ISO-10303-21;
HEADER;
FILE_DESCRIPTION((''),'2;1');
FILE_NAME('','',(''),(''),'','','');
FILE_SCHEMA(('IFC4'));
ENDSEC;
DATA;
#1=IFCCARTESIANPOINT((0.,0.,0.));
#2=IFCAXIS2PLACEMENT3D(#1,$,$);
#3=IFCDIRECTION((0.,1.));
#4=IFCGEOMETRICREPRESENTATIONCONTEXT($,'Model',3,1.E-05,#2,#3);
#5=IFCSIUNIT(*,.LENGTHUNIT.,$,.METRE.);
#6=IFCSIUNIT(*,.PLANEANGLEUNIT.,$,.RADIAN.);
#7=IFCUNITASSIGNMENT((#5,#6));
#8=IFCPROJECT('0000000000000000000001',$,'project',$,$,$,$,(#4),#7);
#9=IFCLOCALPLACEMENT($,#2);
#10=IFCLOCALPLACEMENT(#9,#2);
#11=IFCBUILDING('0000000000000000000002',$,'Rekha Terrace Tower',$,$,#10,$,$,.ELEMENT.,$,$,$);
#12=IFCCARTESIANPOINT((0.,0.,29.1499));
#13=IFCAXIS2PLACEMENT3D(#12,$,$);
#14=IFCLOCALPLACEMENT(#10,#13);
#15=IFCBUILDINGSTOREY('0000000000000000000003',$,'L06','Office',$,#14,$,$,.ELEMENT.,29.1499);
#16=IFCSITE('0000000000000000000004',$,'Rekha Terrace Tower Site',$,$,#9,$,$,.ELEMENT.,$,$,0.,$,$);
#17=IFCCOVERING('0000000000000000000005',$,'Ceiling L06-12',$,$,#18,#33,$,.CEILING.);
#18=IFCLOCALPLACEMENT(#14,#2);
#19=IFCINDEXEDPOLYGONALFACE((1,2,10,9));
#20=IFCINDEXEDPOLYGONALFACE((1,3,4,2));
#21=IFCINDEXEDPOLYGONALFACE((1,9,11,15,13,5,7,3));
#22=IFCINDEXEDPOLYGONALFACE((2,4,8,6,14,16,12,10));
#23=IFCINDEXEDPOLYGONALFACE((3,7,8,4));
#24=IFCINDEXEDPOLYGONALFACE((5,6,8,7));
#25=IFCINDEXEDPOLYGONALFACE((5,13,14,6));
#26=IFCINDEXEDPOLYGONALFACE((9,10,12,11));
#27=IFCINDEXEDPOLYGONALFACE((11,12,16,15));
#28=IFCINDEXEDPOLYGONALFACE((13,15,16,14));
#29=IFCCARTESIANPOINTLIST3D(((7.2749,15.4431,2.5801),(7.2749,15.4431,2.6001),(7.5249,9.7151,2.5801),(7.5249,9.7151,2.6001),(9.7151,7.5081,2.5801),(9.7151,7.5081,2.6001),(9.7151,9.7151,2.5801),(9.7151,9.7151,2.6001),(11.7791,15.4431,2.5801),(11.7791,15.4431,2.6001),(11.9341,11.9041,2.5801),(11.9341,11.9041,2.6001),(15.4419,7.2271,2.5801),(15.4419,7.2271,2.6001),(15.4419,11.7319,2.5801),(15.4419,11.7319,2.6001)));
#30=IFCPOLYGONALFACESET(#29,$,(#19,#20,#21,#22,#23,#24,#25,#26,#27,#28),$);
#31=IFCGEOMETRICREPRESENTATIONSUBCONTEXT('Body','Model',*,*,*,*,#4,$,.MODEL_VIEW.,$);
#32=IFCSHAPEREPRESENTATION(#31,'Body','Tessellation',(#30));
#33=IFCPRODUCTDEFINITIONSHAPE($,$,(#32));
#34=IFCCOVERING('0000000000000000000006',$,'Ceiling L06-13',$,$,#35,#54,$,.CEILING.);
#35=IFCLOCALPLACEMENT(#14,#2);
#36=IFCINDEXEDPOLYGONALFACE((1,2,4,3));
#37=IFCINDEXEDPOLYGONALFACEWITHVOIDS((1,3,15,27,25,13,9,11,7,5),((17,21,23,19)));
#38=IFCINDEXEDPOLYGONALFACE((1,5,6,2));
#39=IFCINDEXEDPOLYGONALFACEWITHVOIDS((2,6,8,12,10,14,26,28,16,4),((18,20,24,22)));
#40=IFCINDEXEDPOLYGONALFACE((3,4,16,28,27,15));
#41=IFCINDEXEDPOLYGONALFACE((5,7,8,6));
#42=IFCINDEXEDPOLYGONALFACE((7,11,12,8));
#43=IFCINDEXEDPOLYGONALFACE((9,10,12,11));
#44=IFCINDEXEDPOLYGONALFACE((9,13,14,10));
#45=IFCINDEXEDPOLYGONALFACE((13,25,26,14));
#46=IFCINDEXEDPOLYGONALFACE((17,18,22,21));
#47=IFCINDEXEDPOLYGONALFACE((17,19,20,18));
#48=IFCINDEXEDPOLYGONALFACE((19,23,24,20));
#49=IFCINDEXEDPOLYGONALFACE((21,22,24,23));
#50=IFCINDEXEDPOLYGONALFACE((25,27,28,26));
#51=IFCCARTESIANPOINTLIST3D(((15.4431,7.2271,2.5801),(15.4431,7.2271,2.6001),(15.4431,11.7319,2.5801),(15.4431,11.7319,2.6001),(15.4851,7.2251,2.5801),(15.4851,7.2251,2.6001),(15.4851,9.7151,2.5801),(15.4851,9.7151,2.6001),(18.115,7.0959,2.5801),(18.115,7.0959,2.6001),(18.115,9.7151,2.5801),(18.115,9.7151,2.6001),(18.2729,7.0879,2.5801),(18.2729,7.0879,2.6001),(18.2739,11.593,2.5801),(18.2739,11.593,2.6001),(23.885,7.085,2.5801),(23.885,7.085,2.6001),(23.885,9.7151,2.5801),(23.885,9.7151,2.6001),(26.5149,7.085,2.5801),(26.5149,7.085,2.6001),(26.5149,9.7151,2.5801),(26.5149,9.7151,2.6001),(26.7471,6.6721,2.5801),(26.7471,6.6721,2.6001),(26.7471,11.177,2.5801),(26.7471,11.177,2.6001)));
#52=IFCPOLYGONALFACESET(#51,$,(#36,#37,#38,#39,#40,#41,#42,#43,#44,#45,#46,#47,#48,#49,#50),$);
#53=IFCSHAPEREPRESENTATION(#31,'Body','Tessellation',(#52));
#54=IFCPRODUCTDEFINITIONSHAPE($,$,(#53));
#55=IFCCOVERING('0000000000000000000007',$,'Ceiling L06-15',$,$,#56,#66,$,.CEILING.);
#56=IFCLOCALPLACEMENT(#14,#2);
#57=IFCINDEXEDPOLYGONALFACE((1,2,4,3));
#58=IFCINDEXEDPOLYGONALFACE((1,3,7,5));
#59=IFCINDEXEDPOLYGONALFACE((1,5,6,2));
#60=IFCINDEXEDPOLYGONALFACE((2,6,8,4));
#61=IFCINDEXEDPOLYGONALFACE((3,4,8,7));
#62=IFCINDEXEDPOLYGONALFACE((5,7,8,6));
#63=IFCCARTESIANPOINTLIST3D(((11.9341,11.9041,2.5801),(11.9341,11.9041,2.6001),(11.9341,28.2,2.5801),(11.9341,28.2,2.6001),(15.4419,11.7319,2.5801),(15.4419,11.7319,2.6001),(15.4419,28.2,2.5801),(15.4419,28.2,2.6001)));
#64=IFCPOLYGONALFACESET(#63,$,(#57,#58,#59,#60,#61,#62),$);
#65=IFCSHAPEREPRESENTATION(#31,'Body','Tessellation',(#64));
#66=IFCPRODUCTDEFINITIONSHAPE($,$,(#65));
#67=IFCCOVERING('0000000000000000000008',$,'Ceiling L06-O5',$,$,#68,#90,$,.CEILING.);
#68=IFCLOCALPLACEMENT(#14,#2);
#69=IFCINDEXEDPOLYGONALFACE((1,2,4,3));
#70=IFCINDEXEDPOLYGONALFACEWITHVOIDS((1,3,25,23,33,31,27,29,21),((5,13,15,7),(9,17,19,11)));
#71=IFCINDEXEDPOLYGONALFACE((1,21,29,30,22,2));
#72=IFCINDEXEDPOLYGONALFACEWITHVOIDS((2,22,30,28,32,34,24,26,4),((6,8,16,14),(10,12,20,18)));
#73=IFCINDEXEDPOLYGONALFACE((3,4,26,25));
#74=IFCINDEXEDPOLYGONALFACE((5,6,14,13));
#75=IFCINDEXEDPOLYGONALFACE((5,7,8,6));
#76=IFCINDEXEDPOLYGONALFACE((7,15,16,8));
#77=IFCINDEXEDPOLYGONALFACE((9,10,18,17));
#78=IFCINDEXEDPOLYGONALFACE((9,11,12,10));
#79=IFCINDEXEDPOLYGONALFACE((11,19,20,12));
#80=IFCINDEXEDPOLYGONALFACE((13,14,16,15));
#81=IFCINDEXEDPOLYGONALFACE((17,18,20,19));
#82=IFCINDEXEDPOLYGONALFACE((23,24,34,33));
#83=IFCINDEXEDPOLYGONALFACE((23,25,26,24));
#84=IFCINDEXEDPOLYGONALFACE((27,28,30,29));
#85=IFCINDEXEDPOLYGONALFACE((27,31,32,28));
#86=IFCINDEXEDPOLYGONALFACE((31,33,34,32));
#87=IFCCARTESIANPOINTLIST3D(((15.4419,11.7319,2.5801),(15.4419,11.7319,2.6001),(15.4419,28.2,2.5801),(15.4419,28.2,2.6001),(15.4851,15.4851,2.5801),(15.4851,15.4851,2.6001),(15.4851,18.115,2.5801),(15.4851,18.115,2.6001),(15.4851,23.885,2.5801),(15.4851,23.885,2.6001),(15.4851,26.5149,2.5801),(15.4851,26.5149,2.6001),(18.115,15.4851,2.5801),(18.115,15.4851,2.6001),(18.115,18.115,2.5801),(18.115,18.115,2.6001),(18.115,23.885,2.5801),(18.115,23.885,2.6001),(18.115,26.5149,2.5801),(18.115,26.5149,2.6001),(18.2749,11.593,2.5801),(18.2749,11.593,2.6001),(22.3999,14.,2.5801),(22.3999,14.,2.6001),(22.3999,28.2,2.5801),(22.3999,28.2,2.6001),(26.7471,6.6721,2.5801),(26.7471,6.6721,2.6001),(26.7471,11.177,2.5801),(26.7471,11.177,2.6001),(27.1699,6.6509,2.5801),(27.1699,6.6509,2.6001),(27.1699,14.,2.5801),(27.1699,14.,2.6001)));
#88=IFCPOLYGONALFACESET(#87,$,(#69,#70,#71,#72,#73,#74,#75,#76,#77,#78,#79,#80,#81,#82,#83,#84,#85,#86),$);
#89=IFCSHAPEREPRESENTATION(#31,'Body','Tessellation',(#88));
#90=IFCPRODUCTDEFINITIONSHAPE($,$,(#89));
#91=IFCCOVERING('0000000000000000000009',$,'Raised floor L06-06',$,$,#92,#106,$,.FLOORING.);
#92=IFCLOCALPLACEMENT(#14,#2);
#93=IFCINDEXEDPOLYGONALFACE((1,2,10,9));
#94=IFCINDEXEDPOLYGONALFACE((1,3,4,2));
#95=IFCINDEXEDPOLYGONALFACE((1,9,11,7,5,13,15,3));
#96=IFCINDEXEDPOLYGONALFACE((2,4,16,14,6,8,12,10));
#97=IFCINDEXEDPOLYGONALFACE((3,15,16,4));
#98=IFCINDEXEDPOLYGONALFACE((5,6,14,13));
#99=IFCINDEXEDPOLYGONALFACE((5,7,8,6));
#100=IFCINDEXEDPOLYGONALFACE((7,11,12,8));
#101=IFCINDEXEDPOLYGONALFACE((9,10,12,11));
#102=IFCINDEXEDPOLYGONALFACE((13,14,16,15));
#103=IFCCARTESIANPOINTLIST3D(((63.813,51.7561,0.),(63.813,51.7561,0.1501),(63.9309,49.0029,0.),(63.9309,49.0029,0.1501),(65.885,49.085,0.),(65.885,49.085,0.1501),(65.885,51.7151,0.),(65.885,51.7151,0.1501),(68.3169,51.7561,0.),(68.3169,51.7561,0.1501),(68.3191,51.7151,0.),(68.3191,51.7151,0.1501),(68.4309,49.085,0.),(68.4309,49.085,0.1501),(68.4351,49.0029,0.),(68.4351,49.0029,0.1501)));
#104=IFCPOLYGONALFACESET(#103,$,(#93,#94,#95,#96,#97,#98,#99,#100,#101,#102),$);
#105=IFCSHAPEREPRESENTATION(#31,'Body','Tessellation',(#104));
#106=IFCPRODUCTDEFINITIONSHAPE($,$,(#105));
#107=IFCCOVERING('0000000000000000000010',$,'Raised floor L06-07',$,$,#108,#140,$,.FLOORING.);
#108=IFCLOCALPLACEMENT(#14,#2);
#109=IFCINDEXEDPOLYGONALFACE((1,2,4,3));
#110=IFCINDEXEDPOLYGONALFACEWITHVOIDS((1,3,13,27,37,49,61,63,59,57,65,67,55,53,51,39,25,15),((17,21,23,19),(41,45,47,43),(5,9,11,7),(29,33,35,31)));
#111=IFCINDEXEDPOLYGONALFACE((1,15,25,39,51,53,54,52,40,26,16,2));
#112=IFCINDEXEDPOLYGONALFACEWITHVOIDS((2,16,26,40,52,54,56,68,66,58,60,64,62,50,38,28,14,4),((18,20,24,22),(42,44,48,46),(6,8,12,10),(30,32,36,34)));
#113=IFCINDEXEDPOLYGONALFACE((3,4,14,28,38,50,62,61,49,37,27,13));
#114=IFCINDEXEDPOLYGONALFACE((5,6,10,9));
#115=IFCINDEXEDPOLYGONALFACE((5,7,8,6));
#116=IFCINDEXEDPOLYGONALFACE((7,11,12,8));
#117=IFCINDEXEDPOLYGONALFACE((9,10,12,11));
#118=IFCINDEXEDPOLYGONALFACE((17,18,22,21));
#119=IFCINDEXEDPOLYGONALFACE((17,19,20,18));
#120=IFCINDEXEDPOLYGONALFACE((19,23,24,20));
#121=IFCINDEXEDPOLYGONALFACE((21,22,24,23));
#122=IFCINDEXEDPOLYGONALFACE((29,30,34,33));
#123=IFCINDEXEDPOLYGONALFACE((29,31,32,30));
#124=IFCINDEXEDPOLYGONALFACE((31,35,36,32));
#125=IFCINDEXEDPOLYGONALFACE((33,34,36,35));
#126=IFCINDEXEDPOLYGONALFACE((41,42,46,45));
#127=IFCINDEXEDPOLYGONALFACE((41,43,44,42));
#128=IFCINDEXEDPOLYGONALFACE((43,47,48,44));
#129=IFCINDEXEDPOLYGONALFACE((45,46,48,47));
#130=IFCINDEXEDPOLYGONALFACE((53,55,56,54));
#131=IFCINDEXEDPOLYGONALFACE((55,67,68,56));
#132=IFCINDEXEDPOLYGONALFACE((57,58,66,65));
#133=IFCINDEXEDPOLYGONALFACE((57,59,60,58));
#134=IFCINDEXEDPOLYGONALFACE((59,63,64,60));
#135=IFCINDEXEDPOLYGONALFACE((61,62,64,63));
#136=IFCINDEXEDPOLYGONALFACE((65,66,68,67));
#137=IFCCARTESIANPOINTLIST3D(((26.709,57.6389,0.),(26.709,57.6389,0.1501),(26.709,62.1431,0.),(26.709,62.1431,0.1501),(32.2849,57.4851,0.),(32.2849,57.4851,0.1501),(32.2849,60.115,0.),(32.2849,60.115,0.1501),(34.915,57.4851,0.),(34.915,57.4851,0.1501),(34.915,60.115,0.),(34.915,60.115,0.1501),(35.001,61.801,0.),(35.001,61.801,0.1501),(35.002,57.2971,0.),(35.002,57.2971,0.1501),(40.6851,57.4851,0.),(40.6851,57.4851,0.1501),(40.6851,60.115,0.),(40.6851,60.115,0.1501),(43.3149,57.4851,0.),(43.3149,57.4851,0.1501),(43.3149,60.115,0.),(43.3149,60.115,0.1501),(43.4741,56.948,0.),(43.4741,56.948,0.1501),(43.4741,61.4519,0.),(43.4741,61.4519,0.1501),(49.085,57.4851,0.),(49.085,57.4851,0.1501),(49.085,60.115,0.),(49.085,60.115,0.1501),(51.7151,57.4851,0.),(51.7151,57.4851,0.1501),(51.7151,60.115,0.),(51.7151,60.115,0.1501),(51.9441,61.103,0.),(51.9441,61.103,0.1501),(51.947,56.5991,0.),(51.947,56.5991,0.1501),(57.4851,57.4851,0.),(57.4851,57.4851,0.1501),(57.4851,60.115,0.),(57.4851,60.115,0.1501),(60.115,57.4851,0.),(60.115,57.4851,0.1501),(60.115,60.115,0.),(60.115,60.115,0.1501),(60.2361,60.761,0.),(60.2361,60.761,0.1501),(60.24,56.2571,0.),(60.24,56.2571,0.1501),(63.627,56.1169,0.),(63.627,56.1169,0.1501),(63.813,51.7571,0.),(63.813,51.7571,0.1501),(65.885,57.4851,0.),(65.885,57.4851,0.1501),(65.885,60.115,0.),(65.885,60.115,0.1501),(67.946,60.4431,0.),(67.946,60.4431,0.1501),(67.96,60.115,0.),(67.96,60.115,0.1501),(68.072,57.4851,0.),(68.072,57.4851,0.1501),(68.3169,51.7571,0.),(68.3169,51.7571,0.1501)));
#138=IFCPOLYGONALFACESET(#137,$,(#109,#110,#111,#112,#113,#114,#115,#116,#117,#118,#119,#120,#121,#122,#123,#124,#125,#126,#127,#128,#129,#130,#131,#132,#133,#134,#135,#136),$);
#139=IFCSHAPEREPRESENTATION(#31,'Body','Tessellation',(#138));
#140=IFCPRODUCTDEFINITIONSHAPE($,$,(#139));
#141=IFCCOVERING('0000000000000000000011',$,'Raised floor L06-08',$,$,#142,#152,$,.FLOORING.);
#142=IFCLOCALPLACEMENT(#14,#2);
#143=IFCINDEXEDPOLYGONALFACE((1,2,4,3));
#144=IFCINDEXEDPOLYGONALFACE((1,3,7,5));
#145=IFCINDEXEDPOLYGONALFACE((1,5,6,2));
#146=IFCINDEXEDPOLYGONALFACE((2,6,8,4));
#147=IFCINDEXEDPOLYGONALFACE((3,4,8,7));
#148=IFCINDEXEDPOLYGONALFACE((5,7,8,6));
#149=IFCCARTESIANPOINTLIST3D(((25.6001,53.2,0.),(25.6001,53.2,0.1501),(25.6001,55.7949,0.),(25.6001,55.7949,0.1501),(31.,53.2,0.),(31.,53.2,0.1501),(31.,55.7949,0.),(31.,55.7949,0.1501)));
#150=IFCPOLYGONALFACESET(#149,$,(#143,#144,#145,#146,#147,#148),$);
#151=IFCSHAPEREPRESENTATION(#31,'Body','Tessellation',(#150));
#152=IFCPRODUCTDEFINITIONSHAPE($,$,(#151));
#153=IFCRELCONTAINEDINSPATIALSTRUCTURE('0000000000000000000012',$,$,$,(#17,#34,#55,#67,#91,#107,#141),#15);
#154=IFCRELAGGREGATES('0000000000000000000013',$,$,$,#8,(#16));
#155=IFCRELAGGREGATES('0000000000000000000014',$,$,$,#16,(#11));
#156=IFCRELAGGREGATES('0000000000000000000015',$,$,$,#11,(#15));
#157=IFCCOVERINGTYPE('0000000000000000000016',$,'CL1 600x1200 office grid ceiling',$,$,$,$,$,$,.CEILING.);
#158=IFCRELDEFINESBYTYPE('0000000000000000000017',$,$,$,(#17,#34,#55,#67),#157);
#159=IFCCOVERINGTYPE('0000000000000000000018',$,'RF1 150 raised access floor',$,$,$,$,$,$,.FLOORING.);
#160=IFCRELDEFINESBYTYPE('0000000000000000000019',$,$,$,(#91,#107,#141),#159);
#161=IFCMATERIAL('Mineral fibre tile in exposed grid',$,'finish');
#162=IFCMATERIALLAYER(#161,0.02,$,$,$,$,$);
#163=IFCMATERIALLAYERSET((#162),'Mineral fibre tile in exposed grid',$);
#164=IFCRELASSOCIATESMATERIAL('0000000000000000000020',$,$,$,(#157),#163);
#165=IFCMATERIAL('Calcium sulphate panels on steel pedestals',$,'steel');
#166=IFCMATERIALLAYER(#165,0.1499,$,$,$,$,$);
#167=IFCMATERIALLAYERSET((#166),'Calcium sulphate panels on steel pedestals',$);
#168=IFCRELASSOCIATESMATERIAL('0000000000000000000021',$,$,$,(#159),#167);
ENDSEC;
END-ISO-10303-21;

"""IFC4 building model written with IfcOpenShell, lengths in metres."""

from ifc_helpers import new_model, si_unit, direction, frame, origin, place, context, subcontext, project, spatial, polyline, outline, extrude, material, layer, layer_set, type_object, element, save


model = new_model("IFC4")

# Units and contexts
model_context = context("Model", 3, precision=1e-05, world=origin(), true_north=direction((0.0, 1.0)))
body_context = subcontext(model_context, "Body", "Model", "MODEL_VIEW")
ifc_project = project(units=[si_unit("LENGTHUNIT", "METRE"), si_unit("PLANEANGLEUNIT", "RADIAN")], contexts=[model_context])

# Site, building, storey
site_placement = place(None, origin())
site = spatial("IfcSite", under=ifc_project, at=site_placement, Name="Rekha Terrace Tower Site", CompositionType="ELEMENT", RefElevation=0.0)
building_placement = place(site_placement, origin())
building = spatial("IfcBuilding", under=site, at=building_placement, Name="Rekha Terrace Tower", CompositionType="ELEMENT")
storey_placement = place(building_placement, frame((0.0, 0.0, 29.1499)))
storey = spatial("IfcBuildingStorey", under=building, at=storey_placement, Name="L06", Description="Office", CompositionType="ELEMENT", Elevation=29.1499)

# Coverings
ifc_material_1 = material(Name="Mineral fibre tile in exposed grid", Category="finish")
ifc_layer_1 = layer(ifc_material_1, 0.02)
ifc_layer_set_1 = layer_set([ifc_layer_1], Name="Mineral fibre tile in exposed grid")
covering_type_1 = type_object("IfcCoveringType", Name="CL1 600x1200 office grid ceiling", PredefinedType="CEILING", material=ifc_layer_set_1)
covering_1_placement = place(storey_placement, frame((0.0, 0.0, 2.5801)))
element("IfcCovering", 1, at=covering_1_placement, inside=storey, type_object=covering_type_1, Name="Ceiling L06-12", PredefinedType="CEILING", context=body_context, shape_type="SweptSolid", body=[
    extrude(outline(polyline([(11.9341, 11.9041), (11.7791, 15.4431), (7.2749, 15.4431), (7.5249, 9.7151), (9.7151, 9.7151), (9.7151, 7.5081), (15.4419, 7.2271), (15.4419, 11.7319), (11.9341, 11.9041)])), origin(), (0.0, 0.0, 1.0), 0.02),
])
covering_2_placement = place(storey_placement, frame((0.0, 0.0, 2.5801)))
element("IfcCovering", 2, at=covering_2_placement, inside=storey, type_object=covering_type_1, Name="Ceiling L06-13", PredefinedType="CEILING", context=body_context, shape_type="SweptSolid", body=[
    extrude(outline(polyline([(26.7471, 11.177), (18.2739, 11.593), (15.4431, 11.7319), (15.4431, 7.2271), (15.4851, 7.2251), (15.4851, 9.7151), (18.115, 9.7151), (18.115, 7.0959), (18.2729, 7.0879), (26.7471, 6.6721), (26.7471, 11.177)]), holes=[polyline([(26.5149, 9.7151), (26.5149, 7.085), (23.885, 7.085), (23.885, 9.7151), (26.5149, 9.7151)])]), origin(), (0.0, 0.0, 1.0), 0.02),
])
covering_3_placement = place(storey_placement, frame((0.0, 0.0, 2.5801)))
element("IfcCovering", 3, at=covering_3_placement, inside=storey, type_object=covering_type_1, Name="Ceiling L06-15", PredefinedType="CEILING", context=body_context, shape_type="SweptSolid", body=[
    extrude(outline(polyline([(15.4419, 11.7319), (15.4419, 28.2), (11.9341, 28.2), (11.9341, 11.9041), (15.4419, 11.7319)])), origin(), (0.0, 0.0, 1.0), 0.02),
])
covering_4_placement = place(storey_placement, frame((0.0, 0.0, 2.5801)))
element("IfcCovering", 4, at=covering_4_placement, inside=storey, type_object=covering_type_1, Name="Ceiling L06-O5", PredefinedType="CEILING", context=body_context, shape_type="SweptSolid", body=[
    extrude(outline(polyline([(15.4419, 28.2), (15.4419, 11.7319), (18.2749, 11.593), (26.7471, 11.177), (26.7471, 6.6721), (27.1699, 6.6509), (27.1699, 14.0), (22.3999, 14.0), (22.3999, 28.2), (15.4419, 28.2)]), holes=[polyline([(18.115, 15.4851), (15.4851, 15.4851), (15.4851, 18.115), (18.115, 18.115), (18.115, 15.4851)]), polyline([(18.115, 23.885), (15.4851, 23.885), (15.4851, 26.5149), (18.115, 26.5149), (18.115, 23.885)])]), origin(), (0.0, 0.0, 1.0), 0.02),
])
ifc_material_2 = material(Name="Calcium sulphate panels on steel pedestals", Category="steel")
ifc_layer_2 = layer(ifc_material_2, 0.1499)
ifc_layer_set_2 = layer_set([ifc_layer_2], Name="Calcium sulphate panels on steel pedestals")
covering_type_2 = type_object("IfcCoveringType", Name="RF1 150 raised access floor", PredefinedType="FLOORING", material=ifc_layer_set_2)
covering_5_placement = place(storey_placement, origin())
element("IfcCovering", 5, at=covering_5_placement, inside=storey, type_object=covering_type_2, Name="Raised floor L06-06", PredefinedType="FLOORING", context=body_context, shape_type="SweptSolid", body=[
    extrude(outline(polyline([(68.3169, 51.7561), (63.813, 51.7561), (63.9309, 49.0029), (68.4351, 49.0029), (68.4309, 49.085), (65.885, 49.085), (65.885, 51.7151), (68.3191, 51.7151), (68.3169, 51.7561)])), origin(), (0.0, 0.0, 1.0), 0.1501),
])
covering_6_placement = place(storey_placement, origin())
element("IfcCovering", 6, at=covering_6_placement, inside=storey, type_object=covering_type_2, Name="Raised floor L06-07", PredefinedType="FLOORING", context=body_context, shape_type="SweptSolid", body=[
    extrude(outline(polyline([(43.4741, 61.4519), (35.001, 61.801), (26.709, 62.1431), (26.709, 57.6389), (35.002, 57.2971), (43.4741, 56.948), (51.947, 56.5991), (60.24, 56.2571), (63.627, 56.1169), (63.813, 51.7571), (68.3169, 51.7571), (68.072, 57.4851), (65.885, 57.4851), (65.885, 60.115), (67.96, 60.115), (67.946, 60.4431), (60.2361, 60.761), (51.9441, 61.103), (43.4741, 61.4519)]), holes=[polyline([(60.115, 57.4851), (57.4851, 57.4851), (57.4851, 60.115), (60.115, 60.115), (60.115, 57.4851)]), polyline([(51.7151, 57.4851), (49.085, 57.4851), (49.085, 60.115), (51.7151, 60.115), (51.7151, 57.4851)]), polyline([(43.3149, 57.4851), (40.6851, 57.4851), (40.6851, 60.115), (43.3149, 60.115), (43.3149, 57.4851)]), polyline([(34.915, 57.4851), (32.2849, 57.4851), (32.2849, 60.115), (34.915, 60.115), (34.915, 57.4851)])]), origin(), (0.0, 0.0, 1.0), 0.1501),
])
covering_7_placement = place(storey_placement, origin())
element("IfcCovering", 7, at=covering_7_placement, inside=storey, type_object=covering_type_2, Name="Raised floor L06-08", PredefinedType="FLOORING", context=body_context, shape_type="SweptSolid", body=[
    extrude(outline(polyline([(31.0, 53.2), (31.0, 55.7949), (25.6001, 55.7949), (25.6001, 53.2), (31.0, 53.2)])), origin(), (0.0, 0.0, 1.0), 0.1501),
])

save(model, "model.ifc")
